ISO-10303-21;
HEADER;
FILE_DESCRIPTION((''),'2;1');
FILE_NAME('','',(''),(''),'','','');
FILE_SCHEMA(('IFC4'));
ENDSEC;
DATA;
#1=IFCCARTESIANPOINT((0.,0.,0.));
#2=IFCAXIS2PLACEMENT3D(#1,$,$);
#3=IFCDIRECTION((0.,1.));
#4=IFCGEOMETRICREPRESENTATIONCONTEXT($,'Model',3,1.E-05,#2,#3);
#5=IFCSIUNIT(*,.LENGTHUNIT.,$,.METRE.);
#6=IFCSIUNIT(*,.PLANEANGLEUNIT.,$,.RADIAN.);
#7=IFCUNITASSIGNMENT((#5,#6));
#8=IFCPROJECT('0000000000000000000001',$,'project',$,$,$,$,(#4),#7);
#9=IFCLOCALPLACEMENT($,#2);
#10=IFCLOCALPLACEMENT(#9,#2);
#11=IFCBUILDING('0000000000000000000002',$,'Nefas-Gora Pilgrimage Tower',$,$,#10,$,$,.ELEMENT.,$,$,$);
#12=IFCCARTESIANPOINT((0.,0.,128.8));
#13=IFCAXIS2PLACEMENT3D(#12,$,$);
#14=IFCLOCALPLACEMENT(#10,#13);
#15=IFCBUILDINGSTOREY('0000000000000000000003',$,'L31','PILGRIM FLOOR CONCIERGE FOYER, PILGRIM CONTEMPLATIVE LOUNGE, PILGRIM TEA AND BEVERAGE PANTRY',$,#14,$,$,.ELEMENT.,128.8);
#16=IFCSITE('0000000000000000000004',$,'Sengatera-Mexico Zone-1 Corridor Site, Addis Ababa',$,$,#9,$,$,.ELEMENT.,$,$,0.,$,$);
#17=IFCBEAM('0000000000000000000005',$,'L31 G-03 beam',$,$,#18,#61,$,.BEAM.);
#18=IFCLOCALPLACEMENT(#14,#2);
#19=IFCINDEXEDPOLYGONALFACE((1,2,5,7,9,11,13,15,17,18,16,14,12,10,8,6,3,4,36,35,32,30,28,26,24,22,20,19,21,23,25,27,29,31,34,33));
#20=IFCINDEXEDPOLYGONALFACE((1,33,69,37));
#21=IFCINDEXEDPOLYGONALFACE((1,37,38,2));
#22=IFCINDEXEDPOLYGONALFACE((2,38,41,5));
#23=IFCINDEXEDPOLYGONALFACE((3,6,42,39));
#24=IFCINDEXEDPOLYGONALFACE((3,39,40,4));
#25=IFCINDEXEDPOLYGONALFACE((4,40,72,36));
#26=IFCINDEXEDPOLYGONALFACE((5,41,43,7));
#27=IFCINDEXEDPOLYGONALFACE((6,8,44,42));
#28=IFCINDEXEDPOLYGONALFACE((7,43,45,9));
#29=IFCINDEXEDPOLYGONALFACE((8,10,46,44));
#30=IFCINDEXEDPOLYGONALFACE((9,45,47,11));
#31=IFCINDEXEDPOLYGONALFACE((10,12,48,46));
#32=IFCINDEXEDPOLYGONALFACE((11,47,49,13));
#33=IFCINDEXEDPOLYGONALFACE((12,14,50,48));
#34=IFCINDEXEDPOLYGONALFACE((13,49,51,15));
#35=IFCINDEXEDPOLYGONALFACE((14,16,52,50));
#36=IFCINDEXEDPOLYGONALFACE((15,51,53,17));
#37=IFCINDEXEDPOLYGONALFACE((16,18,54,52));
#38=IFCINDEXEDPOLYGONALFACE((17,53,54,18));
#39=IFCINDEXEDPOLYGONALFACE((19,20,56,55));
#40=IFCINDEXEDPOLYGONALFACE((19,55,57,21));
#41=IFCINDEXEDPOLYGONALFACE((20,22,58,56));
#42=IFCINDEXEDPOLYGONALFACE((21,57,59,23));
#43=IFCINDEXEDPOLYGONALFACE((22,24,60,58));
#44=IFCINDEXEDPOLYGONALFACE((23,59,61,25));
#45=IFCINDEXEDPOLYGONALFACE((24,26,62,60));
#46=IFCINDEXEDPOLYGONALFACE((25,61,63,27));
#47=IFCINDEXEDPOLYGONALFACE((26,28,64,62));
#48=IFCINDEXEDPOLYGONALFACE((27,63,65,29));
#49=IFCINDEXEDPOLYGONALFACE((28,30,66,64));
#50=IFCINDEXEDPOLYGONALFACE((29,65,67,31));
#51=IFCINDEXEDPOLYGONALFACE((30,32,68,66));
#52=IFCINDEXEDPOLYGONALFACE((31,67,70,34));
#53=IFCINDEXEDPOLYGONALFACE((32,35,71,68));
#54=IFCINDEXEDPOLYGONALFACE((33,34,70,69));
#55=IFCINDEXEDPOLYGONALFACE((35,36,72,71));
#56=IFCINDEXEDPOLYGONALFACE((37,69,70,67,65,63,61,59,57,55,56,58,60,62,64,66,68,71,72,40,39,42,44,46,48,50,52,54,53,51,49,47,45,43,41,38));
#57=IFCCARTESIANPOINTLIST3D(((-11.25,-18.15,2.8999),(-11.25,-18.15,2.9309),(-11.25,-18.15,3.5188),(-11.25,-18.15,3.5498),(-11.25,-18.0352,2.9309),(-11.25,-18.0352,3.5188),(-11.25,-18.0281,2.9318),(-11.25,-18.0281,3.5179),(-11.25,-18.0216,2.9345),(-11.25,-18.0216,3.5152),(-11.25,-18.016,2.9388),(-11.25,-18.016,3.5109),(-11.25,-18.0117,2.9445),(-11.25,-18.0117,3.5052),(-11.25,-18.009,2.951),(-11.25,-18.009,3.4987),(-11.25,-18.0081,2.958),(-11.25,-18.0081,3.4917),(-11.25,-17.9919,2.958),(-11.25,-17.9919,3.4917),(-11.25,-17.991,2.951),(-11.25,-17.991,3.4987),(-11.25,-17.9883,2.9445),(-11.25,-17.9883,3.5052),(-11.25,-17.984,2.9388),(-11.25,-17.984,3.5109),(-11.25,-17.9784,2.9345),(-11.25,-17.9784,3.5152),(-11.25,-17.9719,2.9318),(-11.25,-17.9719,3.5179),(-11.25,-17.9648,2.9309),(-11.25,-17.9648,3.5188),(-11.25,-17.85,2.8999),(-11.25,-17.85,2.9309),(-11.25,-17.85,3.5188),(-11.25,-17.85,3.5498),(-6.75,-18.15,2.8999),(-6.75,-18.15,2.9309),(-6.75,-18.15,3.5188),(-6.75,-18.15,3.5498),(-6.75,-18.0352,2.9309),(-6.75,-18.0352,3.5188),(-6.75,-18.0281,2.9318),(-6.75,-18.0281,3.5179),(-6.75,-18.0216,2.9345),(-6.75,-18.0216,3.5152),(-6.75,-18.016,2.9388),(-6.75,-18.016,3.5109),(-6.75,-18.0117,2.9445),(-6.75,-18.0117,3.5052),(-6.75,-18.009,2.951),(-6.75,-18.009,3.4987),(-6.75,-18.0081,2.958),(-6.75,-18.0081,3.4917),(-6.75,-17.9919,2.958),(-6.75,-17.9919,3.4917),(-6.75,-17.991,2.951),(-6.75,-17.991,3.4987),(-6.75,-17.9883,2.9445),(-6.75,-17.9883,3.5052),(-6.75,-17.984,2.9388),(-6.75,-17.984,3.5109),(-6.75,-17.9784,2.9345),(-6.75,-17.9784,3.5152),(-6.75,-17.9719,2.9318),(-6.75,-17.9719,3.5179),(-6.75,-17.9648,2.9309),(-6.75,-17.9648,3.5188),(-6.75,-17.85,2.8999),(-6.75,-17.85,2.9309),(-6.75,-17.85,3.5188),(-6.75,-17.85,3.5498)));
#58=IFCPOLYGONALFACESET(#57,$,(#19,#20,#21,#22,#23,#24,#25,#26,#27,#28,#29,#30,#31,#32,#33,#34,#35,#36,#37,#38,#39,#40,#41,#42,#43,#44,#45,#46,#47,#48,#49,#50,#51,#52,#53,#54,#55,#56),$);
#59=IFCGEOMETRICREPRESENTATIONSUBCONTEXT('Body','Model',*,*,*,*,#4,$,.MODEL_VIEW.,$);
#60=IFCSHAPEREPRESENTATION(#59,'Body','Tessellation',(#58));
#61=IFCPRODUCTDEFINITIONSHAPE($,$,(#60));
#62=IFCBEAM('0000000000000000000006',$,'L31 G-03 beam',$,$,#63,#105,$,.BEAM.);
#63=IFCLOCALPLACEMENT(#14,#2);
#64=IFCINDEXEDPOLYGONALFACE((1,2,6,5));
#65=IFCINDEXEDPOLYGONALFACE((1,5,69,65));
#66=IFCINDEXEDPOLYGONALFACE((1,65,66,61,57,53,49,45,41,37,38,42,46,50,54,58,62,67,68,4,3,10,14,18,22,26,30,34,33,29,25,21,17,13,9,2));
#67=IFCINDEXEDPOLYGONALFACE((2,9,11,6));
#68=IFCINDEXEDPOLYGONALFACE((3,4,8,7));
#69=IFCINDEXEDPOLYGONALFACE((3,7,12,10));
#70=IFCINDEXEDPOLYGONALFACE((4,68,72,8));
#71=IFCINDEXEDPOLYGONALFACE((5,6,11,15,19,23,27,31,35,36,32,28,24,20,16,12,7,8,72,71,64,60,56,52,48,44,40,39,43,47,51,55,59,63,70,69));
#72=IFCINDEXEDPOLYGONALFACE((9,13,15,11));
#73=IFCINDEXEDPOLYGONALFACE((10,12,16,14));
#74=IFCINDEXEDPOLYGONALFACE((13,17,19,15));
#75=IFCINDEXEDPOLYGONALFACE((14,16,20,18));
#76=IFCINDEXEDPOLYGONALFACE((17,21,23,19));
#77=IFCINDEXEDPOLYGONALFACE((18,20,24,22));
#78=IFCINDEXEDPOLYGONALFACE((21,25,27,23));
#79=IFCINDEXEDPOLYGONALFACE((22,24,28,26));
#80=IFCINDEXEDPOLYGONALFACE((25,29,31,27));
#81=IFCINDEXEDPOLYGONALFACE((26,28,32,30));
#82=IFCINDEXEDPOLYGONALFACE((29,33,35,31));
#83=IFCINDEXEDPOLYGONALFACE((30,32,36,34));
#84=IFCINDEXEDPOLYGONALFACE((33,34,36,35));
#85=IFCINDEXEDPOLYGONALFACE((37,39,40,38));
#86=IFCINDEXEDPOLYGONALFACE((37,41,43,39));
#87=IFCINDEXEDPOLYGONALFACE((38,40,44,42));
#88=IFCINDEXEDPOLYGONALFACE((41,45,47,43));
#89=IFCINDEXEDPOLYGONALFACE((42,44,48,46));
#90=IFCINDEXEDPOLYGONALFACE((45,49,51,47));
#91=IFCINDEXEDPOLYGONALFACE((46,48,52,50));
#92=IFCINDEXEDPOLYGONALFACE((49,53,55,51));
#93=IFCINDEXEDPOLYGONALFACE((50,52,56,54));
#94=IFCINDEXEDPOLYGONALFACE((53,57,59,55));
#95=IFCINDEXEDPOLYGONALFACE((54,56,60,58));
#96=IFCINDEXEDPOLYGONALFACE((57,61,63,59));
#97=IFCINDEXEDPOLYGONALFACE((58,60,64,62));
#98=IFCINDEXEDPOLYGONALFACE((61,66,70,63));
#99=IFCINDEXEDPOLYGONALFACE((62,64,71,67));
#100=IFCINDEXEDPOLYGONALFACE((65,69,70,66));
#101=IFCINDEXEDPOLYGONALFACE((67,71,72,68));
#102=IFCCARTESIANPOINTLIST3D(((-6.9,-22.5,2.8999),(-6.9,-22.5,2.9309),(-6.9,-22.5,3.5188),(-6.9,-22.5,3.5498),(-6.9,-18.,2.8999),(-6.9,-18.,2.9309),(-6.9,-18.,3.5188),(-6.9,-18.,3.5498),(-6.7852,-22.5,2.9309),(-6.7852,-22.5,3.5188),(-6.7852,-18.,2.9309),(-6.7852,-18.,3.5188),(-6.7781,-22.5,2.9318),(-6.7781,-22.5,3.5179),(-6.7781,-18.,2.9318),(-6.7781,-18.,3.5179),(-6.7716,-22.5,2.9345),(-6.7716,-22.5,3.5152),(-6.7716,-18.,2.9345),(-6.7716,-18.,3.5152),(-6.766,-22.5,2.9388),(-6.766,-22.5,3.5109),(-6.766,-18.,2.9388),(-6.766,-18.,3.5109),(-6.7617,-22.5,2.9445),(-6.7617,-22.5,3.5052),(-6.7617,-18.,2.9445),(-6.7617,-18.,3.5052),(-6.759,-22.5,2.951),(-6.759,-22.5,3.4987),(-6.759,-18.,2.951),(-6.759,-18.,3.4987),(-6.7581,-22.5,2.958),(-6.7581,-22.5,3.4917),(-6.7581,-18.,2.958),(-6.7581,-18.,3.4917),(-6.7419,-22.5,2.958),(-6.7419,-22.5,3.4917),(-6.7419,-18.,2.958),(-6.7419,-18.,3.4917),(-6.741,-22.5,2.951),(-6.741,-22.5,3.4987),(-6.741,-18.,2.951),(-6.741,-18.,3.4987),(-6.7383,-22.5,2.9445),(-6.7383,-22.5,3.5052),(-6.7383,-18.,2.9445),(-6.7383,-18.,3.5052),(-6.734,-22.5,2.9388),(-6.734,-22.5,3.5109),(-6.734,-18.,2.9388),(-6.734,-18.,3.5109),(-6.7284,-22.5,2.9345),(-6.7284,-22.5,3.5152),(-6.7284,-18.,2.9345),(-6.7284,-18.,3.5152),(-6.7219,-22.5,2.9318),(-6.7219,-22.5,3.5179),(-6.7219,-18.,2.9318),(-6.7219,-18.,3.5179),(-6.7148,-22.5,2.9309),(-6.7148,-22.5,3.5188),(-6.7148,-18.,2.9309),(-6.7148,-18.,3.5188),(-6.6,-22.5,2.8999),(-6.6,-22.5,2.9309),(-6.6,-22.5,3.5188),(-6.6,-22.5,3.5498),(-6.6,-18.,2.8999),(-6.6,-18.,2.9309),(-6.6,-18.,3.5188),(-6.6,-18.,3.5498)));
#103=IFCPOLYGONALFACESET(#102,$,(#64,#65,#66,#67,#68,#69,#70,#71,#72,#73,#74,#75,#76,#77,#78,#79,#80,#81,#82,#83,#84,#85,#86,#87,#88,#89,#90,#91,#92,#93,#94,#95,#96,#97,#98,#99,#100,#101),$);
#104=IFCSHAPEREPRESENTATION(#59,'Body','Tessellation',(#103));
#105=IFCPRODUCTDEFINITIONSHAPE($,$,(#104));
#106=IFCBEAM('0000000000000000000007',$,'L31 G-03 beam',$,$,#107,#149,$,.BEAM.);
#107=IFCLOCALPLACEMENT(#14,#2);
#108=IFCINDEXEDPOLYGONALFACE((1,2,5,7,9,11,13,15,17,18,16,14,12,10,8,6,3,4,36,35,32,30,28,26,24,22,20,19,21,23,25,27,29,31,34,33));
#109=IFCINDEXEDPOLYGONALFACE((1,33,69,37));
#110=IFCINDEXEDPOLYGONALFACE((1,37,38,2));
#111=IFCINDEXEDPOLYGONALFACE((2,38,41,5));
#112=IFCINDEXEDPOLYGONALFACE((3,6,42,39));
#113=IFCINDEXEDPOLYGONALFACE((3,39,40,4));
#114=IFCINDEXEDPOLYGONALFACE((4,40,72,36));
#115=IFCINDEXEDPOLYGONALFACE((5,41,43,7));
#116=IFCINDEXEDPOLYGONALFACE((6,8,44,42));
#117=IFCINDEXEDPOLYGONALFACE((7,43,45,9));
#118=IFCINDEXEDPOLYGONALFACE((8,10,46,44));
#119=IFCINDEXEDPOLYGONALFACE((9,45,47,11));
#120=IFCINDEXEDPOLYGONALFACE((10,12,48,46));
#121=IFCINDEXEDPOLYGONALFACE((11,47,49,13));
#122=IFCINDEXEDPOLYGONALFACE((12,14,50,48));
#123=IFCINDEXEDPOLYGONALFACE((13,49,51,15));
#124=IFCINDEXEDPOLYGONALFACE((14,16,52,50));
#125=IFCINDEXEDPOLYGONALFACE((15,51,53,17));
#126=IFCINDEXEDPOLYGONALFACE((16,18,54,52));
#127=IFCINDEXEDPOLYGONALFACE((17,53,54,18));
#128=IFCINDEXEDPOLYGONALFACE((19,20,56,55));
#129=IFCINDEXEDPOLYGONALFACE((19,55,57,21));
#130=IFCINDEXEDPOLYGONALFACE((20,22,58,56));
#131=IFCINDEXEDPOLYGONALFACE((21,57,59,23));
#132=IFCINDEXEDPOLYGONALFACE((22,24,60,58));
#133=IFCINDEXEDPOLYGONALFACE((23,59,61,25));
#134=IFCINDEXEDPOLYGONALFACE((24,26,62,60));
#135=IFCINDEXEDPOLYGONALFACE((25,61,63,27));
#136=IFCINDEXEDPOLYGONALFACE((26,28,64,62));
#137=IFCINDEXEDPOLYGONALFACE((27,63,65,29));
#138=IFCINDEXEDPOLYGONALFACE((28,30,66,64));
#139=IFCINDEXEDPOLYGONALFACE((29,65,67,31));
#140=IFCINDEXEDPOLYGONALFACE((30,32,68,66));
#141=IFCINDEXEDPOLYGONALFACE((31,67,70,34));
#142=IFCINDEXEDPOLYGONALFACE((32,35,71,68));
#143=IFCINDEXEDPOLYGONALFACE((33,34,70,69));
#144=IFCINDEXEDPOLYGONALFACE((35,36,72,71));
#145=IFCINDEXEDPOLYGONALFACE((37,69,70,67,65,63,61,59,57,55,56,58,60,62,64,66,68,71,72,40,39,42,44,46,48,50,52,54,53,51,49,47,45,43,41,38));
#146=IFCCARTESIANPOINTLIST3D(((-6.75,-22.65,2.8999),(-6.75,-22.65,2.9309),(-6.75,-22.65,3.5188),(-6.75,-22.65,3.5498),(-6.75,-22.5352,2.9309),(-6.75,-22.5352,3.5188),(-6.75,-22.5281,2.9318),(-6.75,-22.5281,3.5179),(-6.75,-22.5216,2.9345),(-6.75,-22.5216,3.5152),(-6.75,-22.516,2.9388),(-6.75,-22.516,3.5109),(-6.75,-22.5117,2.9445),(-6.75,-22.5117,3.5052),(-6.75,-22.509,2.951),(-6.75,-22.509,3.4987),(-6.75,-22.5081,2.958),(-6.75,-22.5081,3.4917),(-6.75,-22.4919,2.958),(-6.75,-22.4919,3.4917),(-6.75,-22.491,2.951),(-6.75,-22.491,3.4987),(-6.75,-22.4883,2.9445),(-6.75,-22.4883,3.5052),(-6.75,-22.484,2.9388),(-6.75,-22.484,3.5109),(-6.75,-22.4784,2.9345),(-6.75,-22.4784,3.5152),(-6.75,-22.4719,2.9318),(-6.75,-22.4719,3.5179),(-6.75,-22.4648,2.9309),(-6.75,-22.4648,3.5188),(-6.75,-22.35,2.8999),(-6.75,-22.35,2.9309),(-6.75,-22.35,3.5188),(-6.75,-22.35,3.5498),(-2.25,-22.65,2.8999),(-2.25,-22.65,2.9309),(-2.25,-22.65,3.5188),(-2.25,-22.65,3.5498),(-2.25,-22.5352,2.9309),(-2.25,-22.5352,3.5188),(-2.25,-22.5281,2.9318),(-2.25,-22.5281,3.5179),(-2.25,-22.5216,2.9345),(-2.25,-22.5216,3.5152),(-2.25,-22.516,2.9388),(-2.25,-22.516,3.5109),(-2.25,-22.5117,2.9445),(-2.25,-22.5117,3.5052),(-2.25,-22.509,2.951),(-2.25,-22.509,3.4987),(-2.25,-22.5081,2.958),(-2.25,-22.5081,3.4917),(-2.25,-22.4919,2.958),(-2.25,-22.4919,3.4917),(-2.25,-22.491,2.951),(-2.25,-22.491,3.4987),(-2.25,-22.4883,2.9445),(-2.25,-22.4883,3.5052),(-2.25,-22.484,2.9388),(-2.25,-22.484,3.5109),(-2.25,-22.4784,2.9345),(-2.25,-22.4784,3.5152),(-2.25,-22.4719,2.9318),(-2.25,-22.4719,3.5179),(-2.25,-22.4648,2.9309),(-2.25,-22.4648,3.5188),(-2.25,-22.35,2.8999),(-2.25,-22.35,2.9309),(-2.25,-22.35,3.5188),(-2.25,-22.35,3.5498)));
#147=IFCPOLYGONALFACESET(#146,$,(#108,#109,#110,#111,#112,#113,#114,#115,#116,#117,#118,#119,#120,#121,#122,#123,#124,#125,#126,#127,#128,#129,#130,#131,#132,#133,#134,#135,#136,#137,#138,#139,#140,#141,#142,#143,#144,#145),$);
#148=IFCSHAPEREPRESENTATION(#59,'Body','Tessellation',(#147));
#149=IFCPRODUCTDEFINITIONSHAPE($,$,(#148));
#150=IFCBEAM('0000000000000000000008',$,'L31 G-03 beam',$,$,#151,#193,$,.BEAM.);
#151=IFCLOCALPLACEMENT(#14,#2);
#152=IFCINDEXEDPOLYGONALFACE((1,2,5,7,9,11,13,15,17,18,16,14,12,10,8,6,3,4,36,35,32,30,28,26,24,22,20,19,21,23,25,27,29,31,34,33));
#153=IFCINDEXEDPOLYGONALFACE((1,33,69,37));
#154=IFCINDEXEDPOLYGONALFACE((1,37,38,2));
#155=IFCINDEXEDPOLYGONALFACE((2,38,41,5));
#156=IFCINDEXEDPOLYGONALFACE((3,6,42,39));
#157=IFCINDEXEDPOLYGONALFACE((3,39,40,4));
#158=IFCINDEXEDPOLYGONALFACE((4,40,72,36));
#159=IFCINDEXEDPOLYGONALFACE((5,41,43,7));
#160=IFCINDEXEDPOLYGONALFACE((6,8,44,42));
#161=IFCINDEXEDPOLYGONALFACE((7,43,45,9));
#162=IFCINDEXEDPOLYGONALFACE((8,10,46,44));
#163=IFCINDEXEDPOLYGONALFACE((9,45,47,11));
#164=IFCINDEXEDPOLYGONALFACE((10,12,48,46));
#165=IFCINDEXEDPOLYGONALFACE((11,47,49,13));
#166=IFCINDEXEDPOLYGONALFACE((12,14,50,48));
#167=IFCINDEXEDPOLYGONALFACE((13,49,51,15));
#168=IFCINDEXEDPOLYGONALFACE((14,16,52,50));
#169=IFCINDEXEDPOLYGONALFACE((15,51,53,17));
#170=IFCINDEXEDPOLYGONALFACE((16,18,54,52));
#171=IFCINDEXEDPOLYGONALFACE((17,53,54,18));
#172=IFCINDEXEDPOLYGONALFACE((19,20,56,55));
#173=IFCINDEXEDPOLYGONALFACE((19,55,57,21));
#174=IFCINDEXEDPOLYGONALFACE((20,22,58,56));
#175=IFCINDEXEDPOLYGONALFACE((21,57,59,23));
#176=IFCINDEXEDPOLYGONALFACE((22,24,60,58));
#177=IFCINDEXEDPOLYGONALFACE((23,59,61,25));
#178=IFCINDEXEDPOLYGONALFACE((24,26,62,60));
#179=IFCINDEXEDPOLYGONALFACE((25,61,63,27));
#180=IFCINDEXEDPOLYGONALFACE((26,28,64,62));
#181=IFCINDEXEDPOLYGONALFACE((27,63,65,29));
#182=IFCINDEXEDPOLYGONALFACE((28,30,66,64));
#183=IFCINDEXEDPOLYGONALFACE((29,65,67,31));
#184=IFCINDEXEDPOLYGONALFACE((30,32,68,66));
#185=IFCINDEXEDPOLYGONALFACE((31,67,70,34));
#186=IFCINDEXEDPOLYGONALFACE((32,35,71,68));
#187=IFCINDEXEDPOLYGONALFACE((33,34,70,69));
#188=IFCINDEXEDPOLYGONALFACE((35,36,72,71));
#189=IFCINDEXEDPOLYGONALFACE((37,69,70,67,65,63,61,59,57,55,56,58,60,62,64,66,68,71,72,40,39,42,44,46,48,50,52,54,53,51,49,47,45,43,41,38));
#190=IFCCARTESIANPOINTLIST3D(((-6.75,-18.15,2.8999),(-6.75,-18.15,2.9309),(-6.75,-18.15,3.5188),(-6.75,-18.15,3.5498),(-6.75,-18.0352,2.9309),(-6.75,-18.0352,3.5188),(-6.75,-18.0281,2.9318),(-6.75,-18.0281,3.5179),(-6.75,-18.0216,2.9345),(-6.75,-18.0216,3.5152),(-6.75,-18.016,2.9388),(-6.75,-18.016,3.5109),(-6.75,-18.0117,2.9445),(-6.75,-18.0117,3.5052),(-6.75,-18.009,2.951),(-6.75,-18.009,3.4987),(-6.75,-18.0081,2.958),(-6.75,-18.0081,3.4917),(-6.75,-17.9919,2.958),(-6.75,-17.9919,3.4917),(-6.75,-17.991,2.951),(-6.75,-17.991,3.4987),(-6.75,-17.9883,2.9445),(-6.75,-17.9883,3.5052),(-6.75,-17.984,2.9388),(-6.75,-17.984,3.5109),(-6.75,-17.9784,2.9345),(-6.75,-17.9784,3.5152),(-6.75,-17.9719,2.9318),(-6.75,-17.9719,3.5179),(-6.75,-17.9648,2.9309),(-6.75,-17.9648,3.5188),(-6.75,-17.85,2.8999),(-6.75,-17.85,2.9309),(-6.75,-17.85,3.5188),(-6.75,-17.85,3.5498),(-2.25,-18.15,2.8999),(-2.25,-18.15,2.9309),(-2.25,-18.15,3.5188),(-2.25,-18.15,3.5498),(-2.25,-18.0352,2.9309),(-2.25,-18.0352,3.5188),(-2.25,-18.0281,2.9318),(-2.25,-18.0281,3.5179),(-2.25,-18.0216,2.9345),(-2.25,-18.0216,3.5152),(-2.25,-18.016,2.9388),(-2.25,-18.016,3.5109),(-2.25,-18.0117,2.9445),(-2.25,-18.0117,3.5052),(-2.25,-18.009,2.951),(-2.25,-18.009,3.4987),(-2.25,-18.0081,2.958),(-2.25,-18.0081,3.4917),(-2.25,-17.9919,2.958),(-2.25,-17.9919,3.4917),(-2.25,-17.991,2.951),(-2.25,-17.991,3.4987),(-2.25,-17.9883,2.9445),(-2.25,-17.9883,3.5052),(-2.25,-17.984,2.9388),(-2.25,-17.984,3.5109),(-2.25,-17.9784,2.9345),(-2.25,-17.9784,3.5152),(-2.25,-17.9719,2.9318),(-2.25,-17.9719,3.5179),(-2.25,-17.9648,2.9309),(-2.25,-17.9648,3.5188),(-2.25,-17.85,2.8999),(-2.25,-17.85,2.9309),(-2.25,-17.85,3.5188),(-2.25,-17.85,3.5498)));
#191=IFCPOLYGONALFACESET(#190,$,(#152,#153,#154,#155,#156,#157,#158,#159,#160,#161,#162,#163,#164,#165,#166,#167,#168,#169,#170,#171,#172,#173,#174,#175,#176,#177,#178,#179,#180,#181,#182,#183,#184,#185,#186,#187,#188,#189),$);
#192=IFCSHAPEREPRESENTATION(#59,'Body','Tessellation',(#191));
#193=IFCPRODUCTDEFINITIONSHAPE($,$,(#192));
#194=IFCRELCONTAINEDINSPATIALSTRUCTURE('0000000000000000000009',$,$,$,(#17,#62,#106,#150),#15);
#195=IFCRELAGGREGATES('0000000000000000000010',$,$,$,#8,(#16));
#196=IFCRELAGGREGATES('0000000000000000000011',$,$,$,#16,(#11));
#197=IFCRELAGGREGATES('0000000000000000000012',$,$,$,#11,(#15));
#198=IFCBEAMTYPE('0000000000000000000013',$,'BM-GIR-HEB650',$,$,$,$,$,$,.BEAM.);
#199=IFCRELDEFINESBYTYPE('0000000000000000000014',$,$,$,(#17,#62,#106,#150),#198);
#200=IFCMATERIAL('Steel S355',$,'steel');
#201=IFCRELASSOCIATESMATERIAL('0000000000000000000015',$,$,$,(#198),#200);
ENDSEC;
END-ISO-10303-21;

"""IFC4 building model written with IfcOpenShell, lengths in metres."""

from ifc_helpers import new_model, si_unit, direction, frame, origin, origin_2d, place, context, subcontext, project, spatial, i_section, extrude, source, transform, mapped, material, material_profile, profile_set, type_object, element, save


model = new_model("IFC4")

# Units and contexts
model_context = context("Model", 3, precision=1e-05, world=origin(), true_north=direction((0.0, 1.0)))
body_context = subcontext(model_context, "Body", "Model", "MODEL_VIEW")
ifc_project = project(units=[si_unit("LENGTHUNIT", "METRE"), si_unit("PLANEANGLEUNIT", "RADIAN")], contexts=[model_context])

# Site, building, storey
site_placement = place(None, origin())
site = spatial("IfcSite", under=ifc_project, at=site_placement, Name="Sengatera-Mexico Zone-1 Corridor Site, Addis Ababa", CompositionType="ELEMENT", RefElevation=0.0)
building_placement = place(site_placement, origin())
building = spatial("IfcBuilding", under=site, at=building_placement, Name="Nefas-Gora Pilgrimage Tower", CompositionType="ELEMENT")
storey_placement = place(building_placement, frame((0.0, 0.0, 128.8)))
storey = spatial("IfcBuildingStorey", under=building, at=storey_placement, Name="L31", Description="PILGRIM FLOOR CONCIERGE FOYER, PILGRIM CONTEMPLATIVE LOUNGE, PILGRIM TEA AND BEVERAGE PANTRY", CompositionType="ELEMENT", Elevation=128.8)

# Beams
ifc_material_1 = material(Name="Steel S355", Category="steel")
ifc_material_profile_1 = material_profile(ifc_material_1, i_section(OverallWidth=0.3, OverallDepth=0.6499, WebThickness=0.0161, FlangeThickness=0.031, FilletRadius=0.0271, at=origin_2d()), Name="HEB 650")
ifc_profile_set_1 = profile_set([ifc_material_profile_1], Name="Steel S355")
beam_type = type_object("IfcBeamType", Name="BM-GIR-HEB650", PredefinedType="BEAM", material=ifc_profile_set_1)
shared_shape_1 = source(origin(), body_context, "Body", "SweptSolid", [
    extrude(i_section(OverallWidth=0.3, OverallDepth=0.6499, WebThickness=0.0161, FlangeThickness=0.031, FilletRadius=0.0271, at=origin_2d()), origin(), (0.0, 0.0, 1.0), 4.5),
])
for number, where, z_axis, x_axis, name in (
    (1, (-11.25, -18.0, 3.2249), (1.0, 0.0, 0.0), (0.0, 1.0, 0.0), "L31 G-03 beam"),
    (2, (-6.75, -22.5, 3.2249), (0.0, 1.0, 0.0), (-1.0, 0.0, 0.0), "L31 G-03 beam"),
    (3, (-6.75, -22.5, 3.2249), (1.0, 0.0, 0.0), (0.0, 1.0, 0.0), "L31 G-03 beam"),
    (4, (-6.75, -18.0, 3.2249), (1.0, 0.0, 0.0), (0.0, 1.0, 0.0), "L31 G-03 beam"),
):
    element("IfcBeam", number, at=place(storey_placement, frame(where, z_axis=z_axis, x_axis=x_axis)), inside=storey, type_object=beam_type, Name=name, PredefinedType="BEAM", context=body_context, shape_type="MappedRepresentation", body=[
        mapped(shared_shape_1, transform((0.0, 0.0, 0.0), x_axis=(1.0, 0.0, 0.0), y_axis=(0.0, 1.0, 0.0), z_axis=(0.0, 0.0, 1.0), scale=1.0)),
    ])

save(model, "model.ifc")
